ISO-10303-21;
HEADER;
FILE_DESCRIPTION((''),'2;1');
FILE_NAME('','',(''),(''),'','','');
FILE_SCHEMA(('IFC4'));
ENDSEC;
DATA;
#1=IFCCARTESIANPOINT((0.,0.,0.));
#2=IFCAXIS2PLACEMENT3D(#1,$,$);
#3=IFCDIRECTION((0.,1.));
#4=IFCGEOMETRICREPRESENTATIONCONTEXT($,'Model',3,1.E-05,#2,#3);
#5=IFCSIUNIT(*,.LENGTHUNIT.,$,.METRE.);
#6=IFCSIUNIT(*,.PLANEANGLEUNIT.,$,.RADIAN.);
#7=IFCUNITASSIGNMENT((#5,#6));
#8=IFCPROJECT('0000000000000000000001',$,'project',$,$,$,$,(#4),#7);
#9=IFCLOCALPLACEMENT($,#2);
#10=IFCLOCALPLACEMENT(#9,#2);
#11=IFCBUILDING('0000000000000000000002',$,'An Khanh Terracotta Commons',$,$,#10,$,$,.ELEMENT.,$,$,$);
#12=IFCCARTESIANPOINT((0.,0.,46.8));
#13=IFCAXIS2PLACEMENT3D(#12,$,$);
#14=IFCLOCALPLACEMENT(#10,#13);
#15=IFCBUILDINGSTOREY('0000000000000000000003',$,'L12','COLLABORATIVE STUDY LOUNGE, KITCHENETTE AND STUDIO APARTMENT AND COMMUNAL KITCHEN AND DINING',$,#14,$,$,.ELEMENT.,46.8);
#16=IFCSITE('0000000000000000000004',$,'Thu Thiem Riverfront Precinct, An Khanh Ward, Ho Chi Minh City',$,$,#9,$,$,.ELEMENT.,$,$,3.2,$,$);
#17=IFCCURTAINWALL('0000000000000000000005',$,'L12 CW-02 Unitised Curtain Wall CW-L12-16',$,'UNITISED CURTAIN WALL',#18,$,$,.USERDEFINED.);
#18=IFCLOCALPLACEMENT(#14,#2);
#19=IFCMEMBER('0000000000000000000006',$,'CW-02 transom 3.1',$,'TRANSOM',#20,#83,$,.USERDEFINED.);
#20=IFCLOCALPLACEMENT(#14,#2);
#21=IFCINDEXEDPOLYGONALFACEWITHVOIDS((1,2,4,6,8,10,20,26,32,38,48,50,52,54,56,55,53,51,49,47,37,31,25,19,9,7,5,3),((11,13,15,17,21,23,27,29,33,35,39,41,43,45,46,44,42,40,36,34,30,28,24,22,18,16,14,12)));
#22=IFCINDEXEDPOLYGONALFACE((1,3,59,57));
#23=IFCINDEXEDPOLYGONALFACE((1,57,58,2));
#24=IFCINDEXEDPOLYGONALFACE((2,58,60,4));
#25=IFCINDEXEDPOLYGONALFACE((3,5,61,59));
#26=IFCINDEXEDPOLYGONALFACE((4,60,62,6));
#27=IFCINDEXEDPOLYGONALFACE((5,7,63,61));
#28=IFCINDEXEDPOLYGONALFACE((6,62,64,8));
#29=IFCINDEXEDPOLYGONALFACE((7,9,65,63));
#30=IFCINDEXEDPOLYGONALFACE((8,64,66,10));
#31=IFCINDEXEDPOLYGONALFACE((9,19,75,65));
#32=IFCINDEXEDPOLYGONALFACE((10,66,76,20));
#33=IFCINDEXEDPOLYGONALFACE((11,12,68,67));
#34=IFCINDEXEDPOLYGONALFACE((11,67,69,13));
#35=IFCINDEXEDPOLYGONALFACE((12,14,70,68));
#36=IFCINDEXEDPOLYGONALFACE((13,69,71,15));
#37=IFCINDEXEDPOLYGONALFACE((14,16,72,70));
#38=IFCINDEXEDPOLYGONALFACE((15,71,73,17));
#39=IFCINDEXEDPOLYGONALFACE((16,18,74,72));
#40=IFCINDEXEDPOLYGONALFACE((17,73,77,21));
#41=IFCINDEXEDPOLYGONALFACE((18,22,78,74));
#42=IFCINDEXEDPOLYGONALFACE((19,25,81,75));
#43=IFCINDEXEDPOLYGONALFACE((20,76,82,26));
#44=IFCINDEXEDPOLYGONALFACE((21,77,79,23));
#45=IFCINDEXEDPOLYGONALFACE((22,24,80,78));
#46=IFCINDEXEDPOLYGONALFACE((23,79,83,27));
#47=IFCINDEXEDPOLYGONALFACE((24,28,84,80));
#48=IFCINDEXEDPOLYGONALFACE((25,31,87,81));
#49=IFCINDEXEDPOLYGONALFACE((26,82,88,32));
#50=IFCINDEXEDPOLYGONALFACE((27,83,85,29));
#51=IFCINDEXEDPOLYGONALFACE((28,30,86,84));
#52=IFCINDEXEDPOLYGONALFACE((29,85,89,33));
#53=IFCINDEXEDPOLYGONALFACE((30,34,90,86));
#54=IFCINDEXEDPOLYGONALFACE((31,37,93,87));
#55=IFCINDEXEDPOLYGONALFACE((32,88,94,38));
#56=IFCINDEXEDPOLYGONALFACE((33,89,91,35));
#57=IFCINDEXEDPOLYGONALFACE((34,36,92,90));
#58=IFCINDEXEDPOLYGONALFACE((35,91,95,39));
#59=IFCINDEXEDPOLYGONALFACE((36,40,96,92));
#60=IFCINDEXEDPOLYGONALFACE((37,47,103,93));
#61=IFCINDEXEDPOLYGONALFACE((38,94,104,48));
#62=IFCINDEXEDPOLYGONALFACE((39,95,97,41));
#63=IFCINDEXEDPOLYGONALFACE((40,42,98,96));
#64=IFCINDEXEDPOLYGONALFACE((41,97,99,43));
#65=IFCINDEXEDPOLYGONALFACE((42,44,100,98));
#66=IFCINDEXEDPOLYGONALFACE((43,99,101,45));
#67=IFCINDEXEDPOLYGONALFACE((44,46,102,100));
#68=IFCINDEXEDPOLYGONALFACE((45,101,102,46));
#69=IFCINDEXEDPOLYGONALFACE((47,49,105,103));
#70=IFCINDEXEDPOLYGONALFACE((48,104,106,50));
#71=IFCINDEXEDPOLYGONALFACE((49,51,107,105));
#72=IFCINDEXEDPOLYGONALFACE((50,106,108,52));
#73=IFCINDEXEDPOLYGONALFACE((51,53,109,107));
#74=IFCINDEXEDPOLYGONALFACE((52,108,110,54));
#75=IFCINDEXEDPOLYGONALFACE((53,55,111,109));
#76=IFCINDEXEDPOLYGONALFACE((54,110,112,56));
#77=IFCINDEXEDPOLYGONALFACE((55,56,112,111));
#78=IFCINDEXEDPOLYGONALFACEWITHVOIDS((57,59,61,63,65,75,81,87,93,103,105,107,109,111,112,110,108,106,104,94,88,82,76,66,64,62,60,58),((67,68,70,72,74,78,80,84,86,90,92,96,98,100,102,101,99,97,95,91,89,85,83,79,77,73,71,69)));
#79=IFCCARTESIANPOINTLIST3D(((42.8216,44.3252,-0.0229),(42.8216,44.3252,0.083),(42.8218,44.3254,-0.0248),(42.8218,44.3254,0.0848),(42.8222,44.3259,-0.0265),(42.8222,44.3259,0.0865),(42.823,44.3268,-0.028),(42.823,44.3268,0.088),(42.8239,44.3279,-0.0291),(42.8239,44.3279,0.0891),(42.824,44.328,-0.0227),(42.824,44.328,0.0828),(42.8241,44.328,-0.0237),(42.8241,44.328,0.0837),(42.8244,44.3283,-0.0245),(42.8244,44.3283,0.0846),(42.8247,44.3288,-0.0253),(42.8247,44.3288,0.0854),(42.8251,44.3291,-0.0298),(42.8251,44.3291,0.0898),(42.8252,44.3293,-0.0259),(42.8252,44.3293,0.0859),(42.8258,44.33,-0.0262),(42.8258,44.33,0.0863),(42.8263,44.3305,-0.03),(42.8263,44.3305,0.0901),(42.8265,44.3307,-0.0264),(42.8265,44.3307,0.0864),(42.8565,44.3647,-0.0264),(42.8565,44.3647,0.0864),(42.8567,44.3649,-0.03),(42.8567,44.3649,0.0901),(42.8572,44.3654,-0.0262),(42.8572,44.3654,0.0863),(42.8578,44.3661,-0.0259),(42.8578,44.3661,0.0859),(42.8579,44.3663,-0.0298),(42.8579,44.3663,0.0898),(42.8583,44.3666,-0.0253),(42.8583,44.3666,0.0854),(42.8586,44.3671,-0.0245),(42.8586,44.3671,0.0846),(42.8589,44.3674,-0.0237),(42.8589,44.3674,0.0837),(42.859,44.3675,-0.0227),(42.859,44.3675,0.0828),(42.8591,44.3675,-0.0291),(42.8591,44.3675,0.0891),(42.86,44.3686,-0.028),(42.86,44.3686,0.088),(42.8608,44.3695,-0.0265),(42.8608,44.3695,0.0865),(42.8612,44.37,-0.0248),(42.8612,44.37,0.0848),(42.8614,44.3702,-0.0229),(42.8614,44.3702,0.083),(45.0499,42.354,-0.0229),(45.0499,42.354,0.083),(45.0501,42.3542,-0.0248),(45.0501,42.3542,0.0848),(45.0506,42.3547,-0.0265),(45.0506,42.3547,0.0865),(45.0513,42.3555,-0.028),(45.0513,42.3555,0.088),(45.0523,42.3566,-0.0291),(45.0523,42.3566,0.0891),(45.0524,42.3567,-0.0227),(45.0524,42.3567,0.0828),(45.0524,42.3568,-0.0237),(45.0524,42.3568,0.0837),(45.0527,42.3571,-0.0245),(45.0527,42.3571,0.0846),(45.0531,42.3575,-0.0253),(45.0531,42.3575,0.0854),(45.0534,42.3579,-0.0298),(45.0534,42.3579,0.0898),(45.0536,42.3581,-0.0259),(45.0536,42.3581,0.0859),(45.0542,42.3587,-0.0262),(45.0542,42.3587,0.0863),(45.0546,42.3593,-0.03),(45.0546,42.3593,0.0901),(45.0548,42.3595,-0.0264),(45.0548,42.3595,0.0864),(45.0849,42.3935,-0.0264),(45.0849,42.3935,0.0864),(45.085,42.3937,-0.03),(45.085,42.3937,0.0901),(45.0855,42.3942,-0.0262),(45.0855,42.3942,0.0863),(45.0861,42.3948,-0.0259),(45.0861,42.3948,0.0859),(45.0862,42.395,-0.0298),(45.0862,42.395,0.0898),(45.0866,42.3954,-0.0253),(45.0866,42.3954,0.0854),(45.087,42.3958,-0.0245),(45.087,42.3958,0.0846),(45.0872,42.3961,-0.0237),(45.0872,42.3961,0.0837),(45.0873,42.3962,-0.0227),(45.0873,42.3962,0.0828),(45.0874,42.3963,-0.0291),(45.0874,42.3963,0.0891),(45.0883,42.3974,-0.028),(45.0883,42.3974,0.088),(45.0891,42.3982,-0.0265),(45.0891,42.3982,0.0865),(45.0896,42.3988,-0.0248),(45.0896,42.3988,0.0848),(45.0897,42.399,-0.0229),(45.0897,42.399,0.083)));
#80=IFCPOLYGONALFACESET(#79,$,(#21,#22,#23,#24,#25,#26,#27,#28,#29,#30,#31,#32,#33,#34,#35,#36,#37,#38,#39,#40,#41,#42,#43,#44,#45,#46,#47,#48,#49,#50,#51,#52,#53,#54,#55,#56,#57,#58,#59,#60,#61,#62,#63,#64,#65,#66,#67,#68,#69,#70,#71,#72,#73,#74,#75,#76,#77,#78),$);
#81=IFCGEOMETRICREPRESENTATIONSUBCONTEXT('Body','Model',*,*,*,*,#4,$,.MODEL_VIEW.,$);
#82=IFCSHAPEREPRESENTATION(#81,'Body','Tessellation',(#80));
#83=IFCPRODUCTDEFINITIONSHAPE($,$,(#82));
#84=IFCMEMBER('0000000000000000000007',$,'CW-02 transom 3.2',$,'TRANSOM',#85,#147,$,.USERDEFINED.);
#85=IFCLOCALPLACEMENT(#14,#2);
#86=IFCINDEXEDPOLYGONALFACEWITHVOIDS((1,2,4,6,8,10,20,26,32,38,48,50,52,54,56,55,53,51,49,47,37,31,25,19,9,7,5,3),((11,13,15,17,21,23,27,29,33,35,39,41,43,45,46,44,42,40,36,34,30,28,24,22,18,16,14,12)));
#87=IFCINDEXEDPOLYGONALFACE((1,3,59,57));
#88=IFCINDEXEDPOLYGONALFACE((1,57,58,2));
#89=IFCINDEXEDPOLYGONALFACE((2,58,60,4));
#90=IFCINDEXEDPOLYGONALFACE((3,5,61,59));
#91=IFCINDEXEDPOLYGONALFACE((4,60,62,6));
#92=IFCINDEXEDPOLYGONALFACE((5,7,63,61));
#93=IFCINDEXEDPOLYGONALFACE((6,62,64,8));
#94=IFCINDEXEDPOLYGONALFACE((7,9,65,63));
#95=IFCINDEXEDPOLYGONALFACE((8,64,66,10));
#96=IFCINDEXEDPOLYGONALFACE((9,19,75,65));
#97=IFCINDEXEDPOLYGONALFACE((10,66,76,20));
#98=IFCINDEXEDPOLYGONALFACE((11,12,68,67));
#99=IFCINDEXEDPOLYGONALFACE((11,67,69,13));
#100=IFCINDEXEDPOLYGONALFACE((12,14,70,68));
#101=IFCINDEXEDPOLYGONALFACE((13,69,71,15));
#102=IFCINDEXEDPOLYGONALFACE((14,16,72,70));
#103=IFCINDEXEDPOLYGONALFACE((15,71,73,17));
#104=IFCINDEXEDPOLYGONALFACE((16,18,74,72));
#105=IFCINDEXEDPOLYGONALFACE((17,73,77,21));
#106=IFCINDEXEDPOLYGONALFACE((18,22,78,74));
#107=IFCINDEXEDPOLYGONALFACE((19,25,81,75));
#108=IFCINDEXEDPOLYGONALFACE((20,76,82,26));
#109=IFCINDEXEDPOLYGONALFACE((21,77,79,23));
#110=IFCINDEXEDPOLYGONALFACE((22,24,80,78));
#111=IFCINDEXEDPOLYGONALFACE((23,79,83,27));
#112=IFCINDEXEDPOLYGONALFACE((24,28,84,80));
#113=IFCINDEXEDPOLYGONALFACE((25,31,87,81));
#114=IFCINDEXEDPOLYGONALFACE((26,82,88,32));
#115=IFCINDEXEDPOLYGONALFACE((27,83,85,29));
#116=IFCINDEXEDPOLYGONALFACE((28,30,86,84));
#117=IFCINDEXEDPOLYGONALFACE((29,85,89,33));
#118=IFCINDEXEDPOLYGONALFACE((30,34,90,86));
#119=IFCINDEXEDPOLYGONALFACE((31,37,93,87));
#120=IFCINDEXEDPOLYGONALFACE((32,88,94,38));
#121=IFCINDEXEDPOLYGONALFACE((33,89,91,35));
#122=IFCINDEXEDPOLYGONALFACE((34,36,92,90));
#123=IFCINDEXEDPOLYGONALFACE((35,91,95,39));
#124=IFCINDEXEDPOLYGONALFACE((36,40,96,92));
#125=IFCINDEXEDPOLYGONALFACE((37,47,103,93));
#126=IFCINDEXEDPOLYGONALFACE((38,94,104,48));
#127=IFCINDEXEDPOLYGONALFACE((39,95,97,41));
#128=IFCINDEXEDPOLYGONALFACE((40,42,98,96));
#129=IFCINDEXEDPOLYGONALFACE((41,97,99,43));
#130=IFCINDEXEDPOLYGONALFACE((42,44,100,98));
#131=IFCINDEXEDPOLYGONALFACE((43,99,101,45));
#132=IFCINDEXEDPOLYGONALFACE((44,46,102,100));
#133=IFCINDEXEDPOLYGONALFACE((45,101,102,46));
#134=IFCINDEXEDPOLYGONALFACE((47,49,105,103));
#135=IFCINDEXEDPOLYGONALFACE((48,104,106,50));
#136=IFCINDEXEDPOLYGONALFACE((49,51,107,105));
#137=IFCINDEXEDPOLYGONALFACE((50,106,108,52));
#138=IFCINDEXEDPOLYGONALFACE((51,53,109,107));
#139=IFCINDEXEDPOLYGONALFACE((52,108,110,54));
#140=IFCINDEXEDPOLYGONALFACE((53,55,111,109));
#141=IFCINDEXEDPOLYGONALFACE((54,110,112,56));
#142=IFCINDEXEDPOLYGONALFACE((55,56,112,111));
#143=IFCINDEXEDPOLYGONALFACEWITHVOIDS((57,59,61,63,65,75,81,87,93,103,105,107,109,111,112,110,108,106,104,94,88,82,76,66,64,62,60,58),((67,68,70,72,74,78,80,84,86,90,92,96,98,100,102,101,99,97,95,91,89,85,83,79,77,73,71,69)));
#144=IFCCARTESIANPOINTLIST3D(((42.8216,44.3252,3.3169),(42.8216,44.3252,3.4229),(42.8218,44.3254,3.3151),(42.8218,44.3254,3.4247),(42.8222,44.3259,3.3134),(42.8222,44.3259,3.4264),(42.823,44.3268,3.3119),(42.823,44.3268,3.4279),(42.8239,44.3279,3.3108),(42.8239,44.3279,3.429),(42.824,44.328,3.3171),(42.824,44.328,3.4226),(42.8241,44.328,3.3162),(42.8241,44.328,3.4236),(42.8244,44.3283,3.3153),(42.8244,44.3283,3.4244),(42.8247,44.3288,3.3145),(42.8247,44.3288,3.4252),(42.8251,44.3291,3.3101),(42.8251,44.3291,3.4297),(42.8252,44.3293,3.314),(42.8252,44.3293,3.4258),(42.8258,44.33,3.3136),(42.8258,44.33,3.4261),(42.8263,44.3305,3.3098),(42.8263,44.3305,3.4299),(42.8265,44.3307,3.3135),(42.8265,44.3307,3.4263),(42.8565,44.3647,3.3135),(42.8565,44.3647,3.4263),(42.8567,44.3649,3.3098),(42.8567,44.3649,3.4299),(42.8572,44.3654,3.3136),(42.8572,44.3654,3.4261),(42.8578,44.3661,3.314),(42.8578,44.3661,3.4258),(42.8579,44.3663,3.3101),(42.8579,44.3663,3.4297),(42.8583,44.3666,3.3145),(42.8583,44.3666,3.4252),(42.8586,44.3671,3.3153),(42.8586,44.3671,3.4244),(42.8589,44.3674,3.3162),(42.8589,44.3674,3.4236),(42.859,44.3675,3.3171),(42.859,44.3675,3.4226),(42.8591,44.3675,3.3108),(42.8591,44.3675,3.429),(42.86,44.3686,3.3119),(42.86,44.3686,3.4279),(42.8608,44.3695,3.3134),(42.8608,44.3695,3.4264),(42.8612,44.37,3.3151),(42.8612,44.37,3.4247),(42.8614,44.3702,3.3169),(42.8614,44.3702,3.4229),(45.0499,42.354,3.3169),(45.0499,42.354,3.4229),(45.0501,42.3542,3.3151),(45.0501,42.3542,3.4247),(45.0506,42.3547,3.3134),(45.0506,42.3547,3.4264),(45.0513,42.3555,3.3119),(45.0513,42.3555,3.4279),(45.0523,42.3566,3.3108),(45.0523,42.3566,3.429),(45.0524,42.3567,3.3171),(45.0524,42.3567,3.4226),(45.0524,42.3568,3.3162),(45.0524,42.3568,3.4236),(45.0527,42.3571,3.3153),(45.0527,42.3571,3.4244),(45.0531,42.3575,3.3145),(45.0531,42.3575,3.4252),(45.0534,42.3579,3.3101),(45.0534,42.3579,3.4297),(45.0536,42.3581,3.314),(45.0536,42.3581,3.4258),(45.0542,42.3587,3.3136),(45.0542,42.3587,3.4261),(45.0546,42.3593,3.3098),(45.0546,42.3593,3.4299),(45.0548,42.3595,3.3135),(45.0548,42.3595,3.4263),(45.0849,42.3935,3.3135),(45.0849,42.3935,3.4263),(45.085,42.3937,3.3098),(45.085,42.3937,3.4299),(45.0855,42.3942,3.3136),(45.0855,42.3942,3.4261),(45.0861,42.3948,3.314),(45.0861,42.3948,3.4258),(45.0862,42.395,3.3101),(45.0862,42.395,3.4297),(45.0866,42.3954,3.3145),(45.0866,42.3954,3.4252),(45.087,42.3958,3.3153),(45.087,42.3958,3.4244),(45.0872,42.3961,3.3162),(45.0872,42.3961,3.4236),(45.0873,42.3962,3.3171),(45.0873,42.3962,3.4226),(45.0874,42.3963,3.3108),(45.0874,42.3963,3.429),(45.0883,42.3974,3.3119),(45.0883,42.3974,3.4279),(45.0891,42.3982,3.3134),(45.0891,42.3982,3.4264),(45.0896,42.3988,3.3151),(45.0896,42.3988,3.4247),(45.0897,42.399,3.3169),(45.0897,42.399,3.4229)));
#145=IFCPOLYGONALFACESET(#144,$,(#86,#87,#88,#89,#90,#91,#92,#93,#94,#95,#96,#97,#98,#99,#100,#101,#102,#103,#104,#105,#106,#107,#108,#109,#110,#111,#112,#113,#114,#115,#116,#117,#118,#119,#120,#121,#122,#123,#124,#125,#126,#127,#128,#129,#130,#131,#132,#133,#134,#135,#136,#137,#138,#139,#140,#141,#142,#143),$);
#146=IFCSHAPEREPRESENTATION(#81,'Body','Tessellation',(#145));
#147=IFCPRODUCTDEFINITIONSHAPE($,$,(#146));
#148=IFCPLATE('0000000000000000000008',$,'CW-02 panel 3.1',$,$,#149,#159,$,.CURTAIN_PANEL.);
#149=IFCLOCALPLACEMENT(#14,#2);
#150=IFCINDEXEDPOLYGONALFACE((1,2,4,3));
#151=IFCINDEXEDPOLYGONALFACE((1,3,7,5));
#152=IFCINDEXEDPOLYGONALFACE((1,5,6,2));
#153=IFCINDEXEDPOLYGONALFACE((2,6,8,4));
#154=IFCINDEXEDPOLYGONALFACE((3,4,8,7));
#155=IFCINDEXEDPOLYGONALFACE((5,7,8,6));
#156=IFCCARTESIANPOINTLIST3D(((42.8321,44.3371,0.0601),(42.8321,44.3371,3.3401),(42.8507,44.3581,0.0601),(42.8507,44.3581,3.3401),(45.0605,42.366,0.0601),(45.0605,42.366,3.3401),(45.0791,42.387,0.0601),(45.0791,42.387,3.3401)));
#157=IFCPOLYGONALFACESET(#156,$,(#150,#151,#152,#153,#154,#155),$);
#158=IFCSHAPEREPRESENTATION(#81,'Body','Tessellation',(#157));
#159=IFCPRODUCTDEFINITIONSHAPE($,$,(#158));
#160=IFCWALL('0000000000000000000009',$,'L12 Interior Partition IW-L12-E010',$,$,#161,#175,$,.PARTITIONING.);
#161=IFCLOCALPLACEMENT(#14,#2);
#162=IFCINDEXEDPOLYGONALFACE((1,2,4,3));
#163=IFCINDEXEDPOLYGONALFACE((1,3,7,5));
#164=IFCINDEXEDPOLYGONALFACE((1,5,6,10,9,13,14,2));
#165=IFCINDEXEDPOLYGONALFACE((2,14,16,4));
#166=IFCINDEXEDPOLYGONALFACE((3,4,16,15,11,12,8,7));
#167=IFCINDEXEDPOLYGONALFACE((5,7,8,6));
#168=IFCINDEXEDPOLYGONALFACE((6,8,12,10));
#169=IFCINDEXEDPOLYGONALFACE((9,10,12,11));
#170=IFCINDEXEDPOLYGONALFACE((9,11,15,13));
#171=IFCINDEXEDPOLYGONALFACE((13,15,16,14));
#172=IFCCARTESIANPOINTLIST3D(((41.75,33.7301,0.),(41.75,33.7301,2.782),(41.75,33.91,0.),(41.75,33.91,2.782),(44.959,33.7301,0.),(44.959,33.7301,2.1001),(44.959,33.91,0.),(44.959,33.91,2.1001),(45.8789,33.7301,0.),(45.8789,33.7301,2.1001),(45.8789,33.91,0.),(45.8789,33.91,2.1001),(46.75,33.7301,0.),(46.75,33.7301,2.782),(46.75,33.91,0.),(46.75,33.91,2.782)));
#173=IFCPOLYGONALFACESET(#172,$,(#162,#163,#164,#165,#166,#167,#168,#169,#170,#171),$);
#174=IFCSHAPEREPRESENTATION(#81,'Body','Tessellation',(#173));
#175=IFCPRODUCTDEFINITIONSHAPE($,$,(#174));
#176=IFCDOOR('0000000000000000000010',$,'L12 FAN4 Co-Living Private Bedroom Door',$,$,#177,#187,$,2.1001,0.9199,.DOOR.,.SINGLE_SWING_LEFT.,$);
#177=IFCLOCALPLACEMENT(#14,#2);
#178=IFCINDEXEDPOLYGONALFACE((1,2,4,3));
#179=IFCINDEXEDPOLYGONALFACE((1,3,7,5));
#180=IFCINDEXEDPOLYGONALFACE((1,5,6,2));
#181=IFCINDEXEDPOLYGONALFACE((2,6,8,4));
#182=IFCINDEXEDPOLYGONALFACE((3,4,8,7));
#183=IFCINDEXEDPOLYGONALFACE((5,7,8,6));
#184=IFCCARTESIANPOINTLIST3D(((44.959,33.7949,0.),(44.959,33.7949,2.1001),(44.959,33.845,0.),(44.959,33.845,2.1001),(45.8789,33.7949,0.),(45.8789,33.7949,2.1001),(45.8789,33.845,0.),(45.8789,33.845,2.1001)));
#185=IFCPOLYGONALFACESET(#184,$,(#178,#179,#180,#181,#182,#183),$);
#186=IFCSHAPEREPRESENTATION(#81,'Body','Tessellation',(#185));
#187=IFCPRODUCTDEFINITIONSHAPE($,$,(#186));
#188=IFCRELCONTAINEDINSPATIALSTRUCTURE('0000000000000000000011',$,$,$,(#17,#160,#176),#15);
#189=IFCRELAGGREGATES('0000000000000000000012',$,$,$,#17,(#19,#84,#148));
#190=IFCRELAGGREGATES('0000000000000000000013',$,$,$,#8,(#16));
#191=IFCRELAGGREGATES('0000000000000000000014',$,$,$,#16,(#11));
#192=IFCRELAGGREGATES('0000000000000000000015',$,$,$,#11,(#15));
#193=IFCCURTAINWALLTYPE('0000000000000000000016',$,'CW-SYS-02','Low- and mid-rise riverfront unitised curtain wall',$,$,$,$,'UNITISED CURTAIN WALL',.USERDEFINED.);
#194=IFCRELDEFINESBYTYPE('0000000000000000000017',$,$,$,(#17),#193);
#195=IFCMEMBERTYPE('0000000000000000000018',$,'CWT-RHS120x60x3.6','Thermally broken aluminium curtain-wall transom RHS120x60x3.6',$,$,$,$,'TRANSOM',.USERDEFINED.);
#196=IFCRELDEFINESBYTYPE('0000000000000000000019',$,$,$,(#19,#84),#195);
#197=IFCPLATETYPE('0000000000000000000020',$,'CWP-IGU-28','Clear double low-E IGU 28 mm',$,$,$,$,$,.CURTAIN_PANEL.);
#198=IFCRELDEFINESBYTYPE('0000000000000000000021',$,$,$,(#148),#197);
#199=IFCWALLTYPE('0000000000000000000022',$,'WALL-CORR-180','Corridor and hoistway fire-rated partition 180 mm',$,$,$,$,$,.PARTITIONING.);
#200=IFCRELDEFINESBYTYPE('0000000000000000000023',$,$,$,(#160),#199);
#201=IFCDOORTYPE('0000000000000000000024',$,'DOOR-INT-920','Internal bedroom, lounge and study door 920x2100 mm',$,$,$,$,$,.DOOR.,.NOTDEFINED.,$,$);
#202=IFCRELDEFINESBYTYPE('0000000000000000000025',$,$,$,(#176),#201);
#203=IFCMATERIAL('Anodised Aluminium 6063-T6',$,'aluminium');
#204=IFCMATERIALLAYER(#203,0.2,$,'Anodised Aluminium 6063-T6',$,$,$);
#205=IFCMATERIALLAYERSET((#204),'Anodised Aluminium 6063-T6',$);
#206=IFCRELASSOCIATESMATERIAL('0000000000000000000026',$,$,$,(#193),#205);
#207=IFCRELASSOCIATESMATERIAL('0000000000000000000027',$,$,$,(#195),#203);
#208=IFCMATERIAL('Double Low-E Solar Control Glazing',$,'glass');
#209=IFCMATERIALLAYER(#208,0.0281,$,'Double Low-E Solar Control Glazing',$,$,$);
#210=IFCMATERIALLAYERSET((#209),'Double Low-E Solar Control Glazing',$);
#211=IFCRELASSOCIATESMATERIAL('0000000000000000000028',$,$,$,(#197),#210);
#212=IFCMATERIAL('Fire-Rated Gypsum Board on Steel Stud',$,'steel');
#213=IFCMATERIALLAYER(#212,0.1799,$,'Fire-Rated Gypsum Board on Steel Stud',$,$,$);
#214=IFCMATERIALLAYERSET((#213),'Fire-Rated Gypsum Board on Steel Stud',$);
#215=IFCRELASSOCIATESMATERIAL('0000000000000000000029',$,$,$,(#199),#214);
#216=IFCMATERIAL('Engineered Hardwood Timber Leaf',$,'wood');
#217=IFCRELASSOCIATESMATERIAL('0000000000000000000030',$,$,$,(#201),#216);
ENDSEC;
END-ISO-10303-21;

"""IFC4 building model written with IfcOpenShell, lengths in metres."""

from ifc_helpers import new_model, si_unit, direction, frame, frame_2d, origin, origin_2d, place, context, subcontext, project, spatial, rectangle, hollow_rectangle, extrude, material, layer, layer_set, material_profile, profile_set, type_object, element, fill, aggregate, save


model = new_model("IFC4")

# Units and contexts
model_context = context("Model", 3, precision=1e-05, world=origin(), true_north=direction((0.0, 1.0)))
body_context = subcontext(model_context, "Body", "Model", "MODEL_VIEW")
ifc_project = project(units=[si_unit("LENGTHUNIT", "METRE"), si_unit("PLANEANGLEUNIT", "RADIAN")], contexts=[model_context])

# Site, building, storey
site_placement = place(None, origin())
site = spatial("IfcSite", under=ifc_project, at=site_placement, Name="Thu Thiem Riverfront Precinct, An Khanh Ward, Ho Chi Minh City", CompositionType="ELEMENT", RefElevation=3.2)
building_placement = place(site_placement, origin())
building = spatial("IfcBuilding", under=site, at=building_placement, Name="An Khanh Terracotta Commons", CompositionType="ELEMENT")
storey_placement = place(building_placement, frame((0.0, 0.0, 46.8)))
storey = spatial("IfcBuildingStorey", under=building, at=storey_placement, Name="L12", Description="COLLABORATIVE STUDY LOUNGE, KITCHENETTE AND STUDIO APARTMENT AND COMMUNAL KITCHEN AND DINING", CompositionType="ELEMENT", Elevation=46.8)

# Curtain wall, members, plate
ifc_material_1 = material(Name="Anodised Aluminium 6063-T6", Category="aluminium")
ifc_layer_1 = layer(ifc_material_1, 0.2, Name="Anodised Aluminium 6063-T6")
ifc_layer_set_1 = layer_set([ifc_layer_1], Name="Anodised Aluminium 6063-T6")
curtain_wall_type = type_object("IfcCurtainWallType", Name="CW-SYS-02", Description="Low- and mid-rise riverfront unitised curtain wall", ElementType="UNITISED CURTAIN WALL", PredefinedType="USERDEFINED", material=ifc_layer_set_1)
curtain_wall_placement = place(storey_placement, origin())
curtain_wall = element("IfcCurtainWall", 1, at=curtain_wall_placement, inside=storey, type_object=curtain_wall_type, Name="L12 CW-02 Unitised Curtain Wall CW-L12-16", ObjectType="UNITISED CURTAIN WALL", PredefinedType="USERDEFINED")
ifc_material_profile_1 = material_profile(ifc_material_1, hollow_rectangle(XDim=0.0601, YDim=0.1201, WallThickness=0.0037, InnerFilletRadius=0.0037, OuterFilletRadius=0.0071, at=origin_2d()), Name="RHS120x60x3.6")
ifc_profile_set_1 = profile_set([ifc_material_profile_1], Name="Anodised Aluminium 6063-T6")
member_type_1 = type_object("IfcMemberType", Name="CWT-RHS120x60x3.6", Description="Thermally broken aluminium curtain-wall transom RHS120x60x3.6", ElementType="TRANSOM", PredefinedType="USERDEFINED", material=ifc_profile_set_1)
member_1_placement = place(storey_placement, frame((45.0698, 42.3765, 0.03), z_axis=(-0.748992, 0.662579, 0.0), x_axis=(-0.662579, -0.748992, 0.0)))
member_1 = element("IfcMember", 2, at=member_1_placement, type_object=member_type_1, Name="CW-02 transom 3.1", ObjectType="TRANSOM", PredefinedType="USERDEFINED", context=body_context, shape_type="SweptSolid", body=[
    extrude(hollow_rectangle(XDim=0.0601, YDim=0.1201, WallThickness=0.0037, InnerFilletRadius=0.0037, OuterFilletRadius=0.0071, at=origin_2d()), origin(), (0.0, 0.0, 1.0), 2.9751),
])
member_2_placement = place(storey_placement, frame((45.0698, 42.3765, 3.3699), z_axis=(-0.748992, 0.662579, 0.0), x_axis=(-0.662579, -0.748992, 0.0)))
member_2 = element("IfcMember", 3, at=member_2_placement, type_object=member_type_1, Name="CW-02 transom 3.2", ObjectType="TRANSOM", PredefinedType="USERDEFINED", context=body_context, shape_type="SweptSolid", body=[
    extrude(hollow_rectangle(XDim=0.0601, YDim=0.1201, WallThickness=0.0037, InnerFilletRadius=0.0037, OuterFilletRadius=0.0071, at=origin_2d()), origin(), (0.0, 0.0, 1.0), 2.9751),
])
ifc_material_2 = material(Name="Double Low-E Solar Control Glazing", Category="glass")
ifc_layer_2 = layer(ifc_material_2, 0.0281, Name="Double Low-E Solar Control Glazing")
ifc_layer_set_2 = layer_set([ifc_layer_2], Name="Double Low-E Solar Control Glazing")
plate_type = type_object("IfcPlateType", Name="CWP-IGU-28", Description="Clear double low-E IGU 28 mm", PredefinedType="CURTAIN_PANEL", material=ifc_layer_set_2)
plate_placement = place(storey_placement, frame((43.9556, 43.3621, 0.0601), z_axis=(0.0, 0.0, 1.0), x_axis=(-0.749019, 0.662548, 0.0)))
plate = element("IfcPlate", 4, at=plate_placement, type_object=plate_type, Name="CW-02 panel 3.1", PredefinedType="CURTAIN_PANEL", context=body_context, shape_type="SweptSolid", body=[
    extrude(rectangle(XDim=2.9751, YDim=0.0281, at=origin_2d()), origin(), (0.0, 0.0, 1.0), 3.28),
])
aggregate(curtain_wall, [member_1, member_2, plate])

# Wall, opening, door
ifc_material_3 = material(Name="Fire-Rated Gypsum Board on Steel Stud", Category="steel")
ifc_layer_3 = layer(ifc_material_3, 0.1799, Name="Fire-Rated Gypsum Board on Steel Stud")
ifc_layer_set_3 = layer_set([ifc_layer_3], Name="Fire-Rated Gypsum Board on Steel Stud")
wall_type_1 = type_object("IfcWallType", Name="WALL-CORR-180", Description="Corridor and hoistway fire-rated partition 180 mm", PredefinedType="PARTITIONING", material=ifc_layer_set_3)
wall_1_placement = place(storey_placement, frame((41.75, 33.8201, 0.0), z_axis=(0.0, 0.0, 1.0), x_axis=(1.0, 0.0, 0.0)))
wall_1 = element("IfcWall", 5, at=wall_1_placement, inside=storey, type_object=wall_type_1, Name="L12 Interior Partition IW-L12-E010", PredefinedType="PARTITIONING", context=body_context, shape_type="SweptSolid", body=[
    extrude(rectangle(XDim=5.0, YDim=0.1799, at=frame_2d((2.5, 0.0))), origin(), (0.0, 0.0, 1.0), 2.782),
])
opening_1_placement = place(wall_1_placement, frame((3.209, 0.0, 0.0)))
opening_1 = element("IfcOpeningElement", 6, at=opening_1_placement, cuts=wall_1, PredefinedType="OPENING", context=body_context, shape_type="SweptSolid", body=[
    extrude(rectangle(XDim=0.9199, YDim=2.1001, at=frame_2d((0.46, 1.05))), frame((0.0, 0.0999, 0.0), z_axis=(0.0, -1.0, 0.0), x_axis=(1.0, 0.0, 0.0)), (0.0, 0.0, 1.0), 0.2),
])
ifc_material_4 = material(Name="Engineered Hardwood Timber Leaf", Category="wood")
door_type_1 = type_object("IfcDoorType", Name="DOOR-INT-920", Description="Internal bedroom, lounge and study door 920x2100 mm", OperationType="NOTDEFINED", PredefinedType="DOOR", material=ifc_material_4)
door_1_placement = place(opening_1_placement, origin())
door_1 = element("IfcDoor", 7, at=door_1_placement, inside=storey, type_object=door_type_1, Name="L12 FAN4 Co-Living Private Bedroom Door", OperationType="SINGLE_SWING_LEFT", OverallHeight=2.1001, OverallWidth=0.9199, PredefinedType="DOOR", context=body_context, shape_type="SweptSolid", body=[
    extrude(rectangle(XDim=0.9199, YDim=2.1001, at=frame_2d((0.46, 1.05))), frame((0.0, 0.0249, 0.0), z_axis=(0.0, -1.0, 0.0), x_axis=(1.0, 0.0, 0.0)), (0.0, 0.0, 1.0), 0.05),
])
fill(opening_1, door_1)

save(model, "model.ifc")
